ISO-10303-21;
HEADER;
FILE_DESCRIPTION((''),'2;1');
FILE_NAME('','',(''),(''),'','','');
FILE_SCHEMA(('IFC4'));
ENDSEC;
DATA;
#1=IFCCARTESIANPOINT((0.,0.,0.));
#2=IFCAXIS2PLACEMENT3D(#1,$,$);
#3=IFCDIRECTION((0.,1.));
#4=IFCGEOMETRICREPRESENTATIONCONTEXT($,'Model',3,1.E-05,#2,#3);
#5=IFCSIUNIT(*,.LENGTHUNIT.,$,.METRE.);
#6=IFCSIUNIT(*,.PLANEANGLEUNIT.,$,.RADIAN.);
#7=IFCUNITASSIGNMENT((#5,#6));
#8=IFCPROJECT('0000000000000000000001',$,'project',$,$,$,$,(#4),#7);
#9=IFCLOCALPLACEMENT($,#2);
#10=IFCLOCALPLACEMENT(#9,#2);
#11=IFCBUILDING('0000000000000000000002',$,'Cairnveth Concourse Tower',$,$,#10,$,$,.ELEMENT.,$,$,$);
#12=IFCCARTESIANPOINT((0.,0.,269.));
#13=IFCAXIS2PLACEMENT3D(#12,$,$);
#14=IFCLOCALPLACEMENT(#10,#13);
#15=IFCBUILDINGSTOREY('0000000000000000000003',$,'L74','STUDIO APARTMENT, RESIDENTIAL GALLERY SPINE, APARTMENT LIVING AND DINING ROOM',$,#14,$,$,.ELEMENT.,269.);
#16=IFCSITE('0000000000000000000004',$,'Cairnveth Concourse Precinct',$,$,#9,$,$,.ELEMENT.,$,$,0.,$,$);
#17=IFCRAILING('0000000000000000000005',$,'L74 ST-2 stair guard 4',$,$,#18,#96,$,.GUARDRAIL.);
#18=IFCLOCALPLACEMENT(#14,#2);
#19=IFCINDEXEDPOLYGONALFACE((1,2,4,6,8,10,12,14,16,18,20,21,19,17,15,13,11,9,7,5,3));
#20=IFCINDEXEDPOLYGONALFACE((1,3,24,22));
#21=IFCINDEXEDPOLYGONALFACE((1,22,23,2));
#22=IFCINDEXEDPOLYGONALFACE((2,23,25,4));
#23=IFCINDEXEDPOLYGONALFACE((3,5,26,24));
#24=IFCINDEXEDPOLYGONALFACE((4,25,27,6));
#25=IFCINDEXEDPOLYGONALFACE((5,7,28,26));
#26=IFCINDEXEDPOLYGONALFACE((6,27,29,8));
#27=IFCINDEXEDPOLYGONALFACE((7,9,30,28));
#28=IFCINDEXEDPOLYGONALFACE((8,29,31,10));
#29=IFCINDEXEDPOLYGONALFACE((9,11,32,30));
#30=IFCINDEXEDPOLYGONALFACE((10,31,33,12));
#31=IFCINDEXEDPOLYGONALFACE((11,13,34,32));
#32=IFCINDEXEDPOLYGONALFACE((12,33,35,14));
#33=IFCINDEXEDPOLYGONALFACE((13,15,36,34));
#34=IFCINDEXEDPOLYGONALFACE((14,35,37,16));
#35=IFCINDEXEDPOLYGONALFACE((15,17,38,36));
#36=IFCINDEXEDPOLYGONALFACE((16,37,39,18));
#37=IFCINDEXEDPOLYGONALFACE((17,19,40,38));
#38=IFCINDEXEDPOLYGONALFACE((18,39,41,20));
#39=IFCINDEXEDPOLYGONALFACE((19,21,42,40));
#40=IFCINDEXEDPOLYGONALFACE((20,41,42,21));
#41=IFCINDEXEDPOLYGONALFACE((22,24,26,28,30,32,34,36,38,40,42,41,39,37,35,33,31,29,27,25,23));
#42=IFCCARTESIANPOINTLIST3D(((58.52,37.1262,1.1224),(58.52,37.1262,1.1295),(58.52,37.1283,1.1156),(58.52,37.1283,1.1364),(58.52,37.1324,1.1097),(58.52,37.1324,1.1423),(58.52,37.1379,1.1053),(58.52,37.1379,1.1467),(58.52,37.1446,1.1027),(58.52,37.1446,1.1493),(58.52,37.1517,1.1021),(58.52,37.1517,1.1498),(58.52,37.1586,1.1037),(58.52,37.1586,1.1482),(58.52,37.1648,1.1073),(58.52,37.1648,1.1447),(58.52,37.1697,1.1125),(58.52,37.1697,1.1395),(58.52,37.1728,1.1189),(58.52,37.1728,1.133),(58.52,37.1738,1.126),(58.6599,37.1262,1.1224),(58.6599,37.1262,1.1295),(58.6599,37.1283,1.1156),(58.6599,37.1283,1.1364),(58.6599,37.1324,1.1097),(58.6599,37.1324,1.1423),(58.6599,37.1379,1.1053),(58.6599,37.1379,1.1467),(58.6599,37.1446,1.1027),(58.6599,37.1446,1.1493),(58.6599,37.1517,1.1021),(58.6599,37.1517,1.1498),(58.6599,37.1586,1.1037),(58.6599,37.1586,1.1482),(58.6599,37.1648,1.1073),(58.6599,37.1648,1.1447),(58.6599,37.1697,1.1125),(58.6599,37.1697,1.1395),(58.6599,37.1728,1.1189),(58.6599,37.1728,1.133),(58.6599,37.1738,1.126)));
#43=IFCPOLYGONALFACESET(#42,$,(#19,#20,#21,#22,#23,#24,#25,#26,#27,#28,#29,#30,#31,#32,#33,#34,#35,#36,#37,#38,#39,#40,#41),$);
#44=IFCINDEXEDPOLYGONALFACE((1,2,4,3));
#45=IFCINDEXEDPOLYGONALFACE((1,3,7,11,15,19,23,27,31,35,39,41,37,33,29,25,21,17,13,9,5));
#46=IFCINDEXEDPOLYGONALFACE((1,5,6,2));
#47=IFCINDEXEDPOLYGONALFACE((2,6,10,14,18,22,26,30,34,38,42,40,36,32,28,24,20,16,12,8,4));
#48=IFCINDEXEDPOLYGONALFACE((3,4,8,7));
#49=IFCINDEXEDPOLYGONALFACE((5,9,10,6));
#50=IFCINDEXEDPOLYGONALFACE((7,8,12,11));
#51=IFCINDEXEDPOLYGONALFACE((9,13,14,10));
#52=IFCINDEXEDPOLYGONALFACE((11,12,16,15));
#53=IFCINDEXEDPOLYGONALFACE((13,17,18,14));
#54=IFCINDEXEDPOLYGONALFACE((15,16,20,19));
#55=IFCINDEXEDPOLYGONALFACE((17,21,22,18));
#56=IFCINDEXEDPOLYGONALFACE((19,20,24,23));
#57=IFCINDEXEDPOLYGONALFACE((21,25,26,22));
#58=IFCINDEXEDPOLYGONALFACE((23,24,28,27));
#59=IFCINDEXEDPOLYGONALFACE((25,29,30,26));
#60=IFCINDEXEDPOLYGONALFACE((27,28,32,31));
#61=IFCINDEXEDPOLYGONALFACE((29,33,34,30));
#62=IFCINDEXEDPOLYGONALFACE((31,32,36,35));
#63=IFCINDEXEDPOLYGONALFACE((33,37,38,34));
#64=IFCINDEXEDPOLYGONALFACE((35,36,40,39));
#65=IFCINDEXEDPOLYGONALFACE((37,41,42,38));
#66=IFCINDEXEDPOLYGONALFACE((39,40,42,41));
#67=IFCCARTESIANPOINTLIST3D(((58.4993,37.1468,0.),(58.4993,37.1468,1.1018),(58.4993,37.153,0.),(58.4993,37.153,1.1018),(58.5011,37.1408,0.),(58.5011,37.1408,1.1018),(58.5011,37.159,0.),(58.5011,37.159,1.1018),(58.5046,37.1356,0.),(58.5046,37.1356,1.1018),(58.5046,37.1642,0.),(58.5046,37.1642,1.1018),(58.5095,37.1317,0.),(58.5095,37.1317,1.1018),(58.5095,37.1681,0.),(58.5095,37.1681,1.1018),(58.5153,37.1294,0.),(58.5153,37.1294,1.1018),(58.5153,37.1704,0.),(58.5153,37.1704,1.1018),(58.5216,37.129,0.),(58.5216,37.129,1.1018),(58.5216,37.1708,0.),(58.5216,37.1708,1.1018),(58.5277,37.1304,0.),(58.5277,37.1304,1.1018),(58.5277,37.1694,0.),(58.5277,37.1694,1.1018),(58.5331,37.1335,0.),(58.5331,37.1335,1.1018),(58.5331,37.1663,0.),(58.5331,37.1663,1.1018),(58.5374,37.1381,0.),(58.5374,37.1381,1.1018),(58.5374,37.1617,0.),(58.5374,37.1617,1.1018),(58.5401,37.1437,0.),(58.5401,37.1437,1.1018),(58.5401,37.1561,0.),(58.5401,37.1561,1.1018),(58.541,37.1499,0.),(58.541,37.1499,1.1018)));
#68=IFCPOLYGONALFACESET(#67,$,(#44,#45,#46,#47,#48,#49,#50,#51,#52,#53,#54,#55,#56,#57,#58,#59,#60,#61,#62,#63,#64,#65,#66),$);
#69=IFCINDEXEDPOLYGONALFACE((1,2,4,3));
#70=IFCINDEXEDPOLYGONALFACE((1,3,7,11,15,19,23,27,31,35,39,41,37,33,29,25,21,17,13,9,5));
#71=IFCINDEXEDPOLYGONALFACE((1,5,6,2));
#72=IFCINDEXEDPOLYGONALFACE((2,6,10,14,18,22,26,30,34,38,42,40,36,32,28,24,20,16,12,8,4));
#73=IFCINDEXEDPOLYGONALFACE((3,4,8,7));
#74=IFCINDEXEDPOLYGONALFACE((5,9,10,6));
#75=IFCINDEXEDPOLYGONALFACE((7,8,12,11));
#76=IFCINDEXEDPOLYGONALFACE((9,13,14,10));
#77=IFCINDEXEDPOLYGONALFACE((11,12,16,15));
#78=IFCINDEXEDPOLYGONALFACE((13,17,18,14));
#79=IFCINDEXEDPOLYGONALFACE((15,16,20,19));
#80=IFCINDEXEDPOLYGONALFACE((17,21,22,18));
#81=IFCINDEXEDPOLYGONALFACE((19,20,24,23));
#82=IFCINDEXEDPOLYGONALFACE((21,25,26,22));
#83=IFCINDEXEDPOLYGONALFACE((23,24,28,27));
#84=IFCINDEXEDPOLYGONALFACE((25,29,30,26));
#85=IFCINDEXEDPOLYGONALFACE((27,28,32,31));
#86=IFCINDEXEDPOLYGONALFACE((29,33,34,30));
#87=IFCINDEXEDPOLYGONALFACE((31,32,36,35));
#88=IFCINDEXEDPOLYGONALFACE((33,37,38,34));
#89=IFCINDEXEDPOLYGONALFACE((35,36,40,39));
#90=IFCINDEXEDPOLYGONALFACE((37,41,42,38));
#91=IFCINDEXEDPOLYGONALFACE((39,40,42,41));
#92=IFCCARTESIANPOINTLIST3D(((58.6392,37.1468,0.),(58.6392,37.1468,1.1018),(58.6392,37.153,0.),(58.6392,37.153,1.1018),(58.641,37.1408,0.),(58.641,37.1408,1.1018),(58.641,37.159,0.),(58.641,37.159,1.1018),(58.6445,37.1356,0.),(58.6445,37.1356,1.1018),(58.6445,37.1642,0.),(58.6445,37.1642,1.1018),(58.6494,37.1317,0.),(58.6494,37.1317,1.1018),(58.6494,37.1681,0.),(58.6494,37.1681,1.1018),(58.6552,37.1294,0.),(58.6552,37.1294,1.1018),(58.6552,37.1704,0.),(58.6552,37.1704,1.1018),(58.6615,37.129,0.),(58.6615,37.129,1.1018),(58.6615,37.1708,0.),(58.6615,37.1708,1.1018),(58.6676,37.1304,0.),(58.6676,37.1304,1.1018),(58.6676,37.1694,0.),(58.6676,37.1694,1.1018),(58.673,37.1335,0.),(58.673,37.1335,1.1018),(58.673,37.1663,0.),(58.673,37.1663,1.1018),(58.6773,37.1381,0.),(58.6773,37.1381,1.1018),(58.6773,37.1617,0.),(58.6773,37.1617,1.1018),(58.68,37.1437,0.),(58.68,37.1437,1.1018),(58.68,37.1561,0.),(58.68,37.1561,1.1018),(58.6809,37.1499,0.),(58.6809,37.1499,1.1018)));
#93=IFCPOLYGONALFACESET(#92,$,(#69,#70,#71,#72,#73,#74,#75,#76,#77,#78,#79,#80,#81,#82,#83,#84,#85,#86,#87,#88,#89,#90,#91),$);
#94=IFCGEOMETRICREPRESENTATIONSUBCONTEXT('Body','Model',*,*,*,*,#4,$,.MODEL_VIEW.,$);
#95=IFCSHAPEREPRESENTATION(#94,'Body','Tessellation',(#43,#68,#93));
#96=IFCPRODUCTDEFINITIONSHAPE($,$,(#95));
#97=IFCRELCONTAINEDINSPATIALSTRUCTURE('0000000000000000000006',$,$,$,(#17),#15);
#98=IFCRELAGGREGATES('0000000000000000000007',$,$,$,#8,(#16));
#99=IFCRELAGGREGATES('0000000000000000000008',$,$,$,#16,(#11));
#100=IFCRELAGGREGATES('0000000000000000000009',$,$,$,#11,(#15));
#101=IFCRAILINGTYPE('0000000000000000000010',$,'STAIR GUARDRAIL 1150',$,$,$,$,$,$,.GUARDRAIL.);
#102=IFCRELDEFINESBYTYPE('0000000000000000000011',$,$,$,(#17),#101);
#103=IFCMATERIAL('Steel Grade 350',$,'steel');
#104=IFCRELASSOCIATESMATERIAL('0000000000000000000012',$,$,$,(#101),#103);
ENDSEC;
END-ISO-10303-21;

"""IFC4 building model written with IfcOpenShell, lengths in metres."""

from ifc_helpers import new_model, si_unit, direction, frame, origin, origin_2d, place, context, subcontext, project, spatial, circle, extrude, material, type_object, element, save


model = new_model("IFC4")

# Units and contexts
model_context = context("Model", 3, precision=1e-05, world=origin(), true_north=direction((0.0, 1.0)))
body_context = subcontext(model_context, "Body", "Model", "MODEL_VIEW")
ifc_project = project(units=[si_unit("LENGTHUNIT", "METRE"), si_unit("PLANEANGLEUNIT", "RADIAN")], contexts=[model_context])

# Site, building, storey
site_placement = place(None, origin())
site = spatial("IfcSite", under=ifc_project, at=site_placement, Name="Cairnveth Concourse Precinct", CompositionType="ELEMENT", RefElevation=0.0)
building_placement = place(site_placement, origin())
building = spatial("IfcBuilding", under=site, at=building_placement, Name="Cairnveth Concourse Tower", CompositionType="ELEMENT")
storey_placement = place(building_placement, frame((0.0, 0.0, 269.0)))
storey = spatial("IfcBuildingStorey", under=building, at=storey_placement, Name="L74", Description="STUDIO APARTMENT, RESIDENTIAL GALLERY SPINE, APARTMENT LIVING AND DINING ROOM", CompositionType="ELEMENT", Elevation=269.0)

# Shared definitions
ifc_material_1 = material(Name="Steel Grade 350", Category="steel")

# Railing
railing_type_1 = type_object("IfcRailingType", Name="STAIR GUARDRAIL 1150", PredefinedType="GUARDRAIL", material=ifc_material_1)
railing_1_placement = place(storey_placement, frame((58.52, 37.1499, 0.0)))
element("IfcRailing", 1, at=railing_1_placement, inside=storey, type_object=railing_type_1, Name="L74 ST-2 stair guard 4", PredefinedType="GUARDRAIL", context=body_context, shape_type="SweptSolid", body=[
    extrude(circle(Radius=0.0239, at=origin_2d()), frame((0.0, 0.0, 1.126), z_axis=(1.0, 0.0, 0.0), x_axis=(0.0, 1.0, 0.0)), (0.0, 0.0, 1.0), 0.1399),
    extrude(circle(Radius=0.021, at=origin_2d()), origin(), (0.0, 0.0, 1.0), 1.1018),
    extrude(circle(Radius=0.021, at=origin_2d()), frame((0.1399, 0.0, 0.0)), (0.0, 0.0, 1.0), 1.1018),
])

save(model, "model.ifc")
